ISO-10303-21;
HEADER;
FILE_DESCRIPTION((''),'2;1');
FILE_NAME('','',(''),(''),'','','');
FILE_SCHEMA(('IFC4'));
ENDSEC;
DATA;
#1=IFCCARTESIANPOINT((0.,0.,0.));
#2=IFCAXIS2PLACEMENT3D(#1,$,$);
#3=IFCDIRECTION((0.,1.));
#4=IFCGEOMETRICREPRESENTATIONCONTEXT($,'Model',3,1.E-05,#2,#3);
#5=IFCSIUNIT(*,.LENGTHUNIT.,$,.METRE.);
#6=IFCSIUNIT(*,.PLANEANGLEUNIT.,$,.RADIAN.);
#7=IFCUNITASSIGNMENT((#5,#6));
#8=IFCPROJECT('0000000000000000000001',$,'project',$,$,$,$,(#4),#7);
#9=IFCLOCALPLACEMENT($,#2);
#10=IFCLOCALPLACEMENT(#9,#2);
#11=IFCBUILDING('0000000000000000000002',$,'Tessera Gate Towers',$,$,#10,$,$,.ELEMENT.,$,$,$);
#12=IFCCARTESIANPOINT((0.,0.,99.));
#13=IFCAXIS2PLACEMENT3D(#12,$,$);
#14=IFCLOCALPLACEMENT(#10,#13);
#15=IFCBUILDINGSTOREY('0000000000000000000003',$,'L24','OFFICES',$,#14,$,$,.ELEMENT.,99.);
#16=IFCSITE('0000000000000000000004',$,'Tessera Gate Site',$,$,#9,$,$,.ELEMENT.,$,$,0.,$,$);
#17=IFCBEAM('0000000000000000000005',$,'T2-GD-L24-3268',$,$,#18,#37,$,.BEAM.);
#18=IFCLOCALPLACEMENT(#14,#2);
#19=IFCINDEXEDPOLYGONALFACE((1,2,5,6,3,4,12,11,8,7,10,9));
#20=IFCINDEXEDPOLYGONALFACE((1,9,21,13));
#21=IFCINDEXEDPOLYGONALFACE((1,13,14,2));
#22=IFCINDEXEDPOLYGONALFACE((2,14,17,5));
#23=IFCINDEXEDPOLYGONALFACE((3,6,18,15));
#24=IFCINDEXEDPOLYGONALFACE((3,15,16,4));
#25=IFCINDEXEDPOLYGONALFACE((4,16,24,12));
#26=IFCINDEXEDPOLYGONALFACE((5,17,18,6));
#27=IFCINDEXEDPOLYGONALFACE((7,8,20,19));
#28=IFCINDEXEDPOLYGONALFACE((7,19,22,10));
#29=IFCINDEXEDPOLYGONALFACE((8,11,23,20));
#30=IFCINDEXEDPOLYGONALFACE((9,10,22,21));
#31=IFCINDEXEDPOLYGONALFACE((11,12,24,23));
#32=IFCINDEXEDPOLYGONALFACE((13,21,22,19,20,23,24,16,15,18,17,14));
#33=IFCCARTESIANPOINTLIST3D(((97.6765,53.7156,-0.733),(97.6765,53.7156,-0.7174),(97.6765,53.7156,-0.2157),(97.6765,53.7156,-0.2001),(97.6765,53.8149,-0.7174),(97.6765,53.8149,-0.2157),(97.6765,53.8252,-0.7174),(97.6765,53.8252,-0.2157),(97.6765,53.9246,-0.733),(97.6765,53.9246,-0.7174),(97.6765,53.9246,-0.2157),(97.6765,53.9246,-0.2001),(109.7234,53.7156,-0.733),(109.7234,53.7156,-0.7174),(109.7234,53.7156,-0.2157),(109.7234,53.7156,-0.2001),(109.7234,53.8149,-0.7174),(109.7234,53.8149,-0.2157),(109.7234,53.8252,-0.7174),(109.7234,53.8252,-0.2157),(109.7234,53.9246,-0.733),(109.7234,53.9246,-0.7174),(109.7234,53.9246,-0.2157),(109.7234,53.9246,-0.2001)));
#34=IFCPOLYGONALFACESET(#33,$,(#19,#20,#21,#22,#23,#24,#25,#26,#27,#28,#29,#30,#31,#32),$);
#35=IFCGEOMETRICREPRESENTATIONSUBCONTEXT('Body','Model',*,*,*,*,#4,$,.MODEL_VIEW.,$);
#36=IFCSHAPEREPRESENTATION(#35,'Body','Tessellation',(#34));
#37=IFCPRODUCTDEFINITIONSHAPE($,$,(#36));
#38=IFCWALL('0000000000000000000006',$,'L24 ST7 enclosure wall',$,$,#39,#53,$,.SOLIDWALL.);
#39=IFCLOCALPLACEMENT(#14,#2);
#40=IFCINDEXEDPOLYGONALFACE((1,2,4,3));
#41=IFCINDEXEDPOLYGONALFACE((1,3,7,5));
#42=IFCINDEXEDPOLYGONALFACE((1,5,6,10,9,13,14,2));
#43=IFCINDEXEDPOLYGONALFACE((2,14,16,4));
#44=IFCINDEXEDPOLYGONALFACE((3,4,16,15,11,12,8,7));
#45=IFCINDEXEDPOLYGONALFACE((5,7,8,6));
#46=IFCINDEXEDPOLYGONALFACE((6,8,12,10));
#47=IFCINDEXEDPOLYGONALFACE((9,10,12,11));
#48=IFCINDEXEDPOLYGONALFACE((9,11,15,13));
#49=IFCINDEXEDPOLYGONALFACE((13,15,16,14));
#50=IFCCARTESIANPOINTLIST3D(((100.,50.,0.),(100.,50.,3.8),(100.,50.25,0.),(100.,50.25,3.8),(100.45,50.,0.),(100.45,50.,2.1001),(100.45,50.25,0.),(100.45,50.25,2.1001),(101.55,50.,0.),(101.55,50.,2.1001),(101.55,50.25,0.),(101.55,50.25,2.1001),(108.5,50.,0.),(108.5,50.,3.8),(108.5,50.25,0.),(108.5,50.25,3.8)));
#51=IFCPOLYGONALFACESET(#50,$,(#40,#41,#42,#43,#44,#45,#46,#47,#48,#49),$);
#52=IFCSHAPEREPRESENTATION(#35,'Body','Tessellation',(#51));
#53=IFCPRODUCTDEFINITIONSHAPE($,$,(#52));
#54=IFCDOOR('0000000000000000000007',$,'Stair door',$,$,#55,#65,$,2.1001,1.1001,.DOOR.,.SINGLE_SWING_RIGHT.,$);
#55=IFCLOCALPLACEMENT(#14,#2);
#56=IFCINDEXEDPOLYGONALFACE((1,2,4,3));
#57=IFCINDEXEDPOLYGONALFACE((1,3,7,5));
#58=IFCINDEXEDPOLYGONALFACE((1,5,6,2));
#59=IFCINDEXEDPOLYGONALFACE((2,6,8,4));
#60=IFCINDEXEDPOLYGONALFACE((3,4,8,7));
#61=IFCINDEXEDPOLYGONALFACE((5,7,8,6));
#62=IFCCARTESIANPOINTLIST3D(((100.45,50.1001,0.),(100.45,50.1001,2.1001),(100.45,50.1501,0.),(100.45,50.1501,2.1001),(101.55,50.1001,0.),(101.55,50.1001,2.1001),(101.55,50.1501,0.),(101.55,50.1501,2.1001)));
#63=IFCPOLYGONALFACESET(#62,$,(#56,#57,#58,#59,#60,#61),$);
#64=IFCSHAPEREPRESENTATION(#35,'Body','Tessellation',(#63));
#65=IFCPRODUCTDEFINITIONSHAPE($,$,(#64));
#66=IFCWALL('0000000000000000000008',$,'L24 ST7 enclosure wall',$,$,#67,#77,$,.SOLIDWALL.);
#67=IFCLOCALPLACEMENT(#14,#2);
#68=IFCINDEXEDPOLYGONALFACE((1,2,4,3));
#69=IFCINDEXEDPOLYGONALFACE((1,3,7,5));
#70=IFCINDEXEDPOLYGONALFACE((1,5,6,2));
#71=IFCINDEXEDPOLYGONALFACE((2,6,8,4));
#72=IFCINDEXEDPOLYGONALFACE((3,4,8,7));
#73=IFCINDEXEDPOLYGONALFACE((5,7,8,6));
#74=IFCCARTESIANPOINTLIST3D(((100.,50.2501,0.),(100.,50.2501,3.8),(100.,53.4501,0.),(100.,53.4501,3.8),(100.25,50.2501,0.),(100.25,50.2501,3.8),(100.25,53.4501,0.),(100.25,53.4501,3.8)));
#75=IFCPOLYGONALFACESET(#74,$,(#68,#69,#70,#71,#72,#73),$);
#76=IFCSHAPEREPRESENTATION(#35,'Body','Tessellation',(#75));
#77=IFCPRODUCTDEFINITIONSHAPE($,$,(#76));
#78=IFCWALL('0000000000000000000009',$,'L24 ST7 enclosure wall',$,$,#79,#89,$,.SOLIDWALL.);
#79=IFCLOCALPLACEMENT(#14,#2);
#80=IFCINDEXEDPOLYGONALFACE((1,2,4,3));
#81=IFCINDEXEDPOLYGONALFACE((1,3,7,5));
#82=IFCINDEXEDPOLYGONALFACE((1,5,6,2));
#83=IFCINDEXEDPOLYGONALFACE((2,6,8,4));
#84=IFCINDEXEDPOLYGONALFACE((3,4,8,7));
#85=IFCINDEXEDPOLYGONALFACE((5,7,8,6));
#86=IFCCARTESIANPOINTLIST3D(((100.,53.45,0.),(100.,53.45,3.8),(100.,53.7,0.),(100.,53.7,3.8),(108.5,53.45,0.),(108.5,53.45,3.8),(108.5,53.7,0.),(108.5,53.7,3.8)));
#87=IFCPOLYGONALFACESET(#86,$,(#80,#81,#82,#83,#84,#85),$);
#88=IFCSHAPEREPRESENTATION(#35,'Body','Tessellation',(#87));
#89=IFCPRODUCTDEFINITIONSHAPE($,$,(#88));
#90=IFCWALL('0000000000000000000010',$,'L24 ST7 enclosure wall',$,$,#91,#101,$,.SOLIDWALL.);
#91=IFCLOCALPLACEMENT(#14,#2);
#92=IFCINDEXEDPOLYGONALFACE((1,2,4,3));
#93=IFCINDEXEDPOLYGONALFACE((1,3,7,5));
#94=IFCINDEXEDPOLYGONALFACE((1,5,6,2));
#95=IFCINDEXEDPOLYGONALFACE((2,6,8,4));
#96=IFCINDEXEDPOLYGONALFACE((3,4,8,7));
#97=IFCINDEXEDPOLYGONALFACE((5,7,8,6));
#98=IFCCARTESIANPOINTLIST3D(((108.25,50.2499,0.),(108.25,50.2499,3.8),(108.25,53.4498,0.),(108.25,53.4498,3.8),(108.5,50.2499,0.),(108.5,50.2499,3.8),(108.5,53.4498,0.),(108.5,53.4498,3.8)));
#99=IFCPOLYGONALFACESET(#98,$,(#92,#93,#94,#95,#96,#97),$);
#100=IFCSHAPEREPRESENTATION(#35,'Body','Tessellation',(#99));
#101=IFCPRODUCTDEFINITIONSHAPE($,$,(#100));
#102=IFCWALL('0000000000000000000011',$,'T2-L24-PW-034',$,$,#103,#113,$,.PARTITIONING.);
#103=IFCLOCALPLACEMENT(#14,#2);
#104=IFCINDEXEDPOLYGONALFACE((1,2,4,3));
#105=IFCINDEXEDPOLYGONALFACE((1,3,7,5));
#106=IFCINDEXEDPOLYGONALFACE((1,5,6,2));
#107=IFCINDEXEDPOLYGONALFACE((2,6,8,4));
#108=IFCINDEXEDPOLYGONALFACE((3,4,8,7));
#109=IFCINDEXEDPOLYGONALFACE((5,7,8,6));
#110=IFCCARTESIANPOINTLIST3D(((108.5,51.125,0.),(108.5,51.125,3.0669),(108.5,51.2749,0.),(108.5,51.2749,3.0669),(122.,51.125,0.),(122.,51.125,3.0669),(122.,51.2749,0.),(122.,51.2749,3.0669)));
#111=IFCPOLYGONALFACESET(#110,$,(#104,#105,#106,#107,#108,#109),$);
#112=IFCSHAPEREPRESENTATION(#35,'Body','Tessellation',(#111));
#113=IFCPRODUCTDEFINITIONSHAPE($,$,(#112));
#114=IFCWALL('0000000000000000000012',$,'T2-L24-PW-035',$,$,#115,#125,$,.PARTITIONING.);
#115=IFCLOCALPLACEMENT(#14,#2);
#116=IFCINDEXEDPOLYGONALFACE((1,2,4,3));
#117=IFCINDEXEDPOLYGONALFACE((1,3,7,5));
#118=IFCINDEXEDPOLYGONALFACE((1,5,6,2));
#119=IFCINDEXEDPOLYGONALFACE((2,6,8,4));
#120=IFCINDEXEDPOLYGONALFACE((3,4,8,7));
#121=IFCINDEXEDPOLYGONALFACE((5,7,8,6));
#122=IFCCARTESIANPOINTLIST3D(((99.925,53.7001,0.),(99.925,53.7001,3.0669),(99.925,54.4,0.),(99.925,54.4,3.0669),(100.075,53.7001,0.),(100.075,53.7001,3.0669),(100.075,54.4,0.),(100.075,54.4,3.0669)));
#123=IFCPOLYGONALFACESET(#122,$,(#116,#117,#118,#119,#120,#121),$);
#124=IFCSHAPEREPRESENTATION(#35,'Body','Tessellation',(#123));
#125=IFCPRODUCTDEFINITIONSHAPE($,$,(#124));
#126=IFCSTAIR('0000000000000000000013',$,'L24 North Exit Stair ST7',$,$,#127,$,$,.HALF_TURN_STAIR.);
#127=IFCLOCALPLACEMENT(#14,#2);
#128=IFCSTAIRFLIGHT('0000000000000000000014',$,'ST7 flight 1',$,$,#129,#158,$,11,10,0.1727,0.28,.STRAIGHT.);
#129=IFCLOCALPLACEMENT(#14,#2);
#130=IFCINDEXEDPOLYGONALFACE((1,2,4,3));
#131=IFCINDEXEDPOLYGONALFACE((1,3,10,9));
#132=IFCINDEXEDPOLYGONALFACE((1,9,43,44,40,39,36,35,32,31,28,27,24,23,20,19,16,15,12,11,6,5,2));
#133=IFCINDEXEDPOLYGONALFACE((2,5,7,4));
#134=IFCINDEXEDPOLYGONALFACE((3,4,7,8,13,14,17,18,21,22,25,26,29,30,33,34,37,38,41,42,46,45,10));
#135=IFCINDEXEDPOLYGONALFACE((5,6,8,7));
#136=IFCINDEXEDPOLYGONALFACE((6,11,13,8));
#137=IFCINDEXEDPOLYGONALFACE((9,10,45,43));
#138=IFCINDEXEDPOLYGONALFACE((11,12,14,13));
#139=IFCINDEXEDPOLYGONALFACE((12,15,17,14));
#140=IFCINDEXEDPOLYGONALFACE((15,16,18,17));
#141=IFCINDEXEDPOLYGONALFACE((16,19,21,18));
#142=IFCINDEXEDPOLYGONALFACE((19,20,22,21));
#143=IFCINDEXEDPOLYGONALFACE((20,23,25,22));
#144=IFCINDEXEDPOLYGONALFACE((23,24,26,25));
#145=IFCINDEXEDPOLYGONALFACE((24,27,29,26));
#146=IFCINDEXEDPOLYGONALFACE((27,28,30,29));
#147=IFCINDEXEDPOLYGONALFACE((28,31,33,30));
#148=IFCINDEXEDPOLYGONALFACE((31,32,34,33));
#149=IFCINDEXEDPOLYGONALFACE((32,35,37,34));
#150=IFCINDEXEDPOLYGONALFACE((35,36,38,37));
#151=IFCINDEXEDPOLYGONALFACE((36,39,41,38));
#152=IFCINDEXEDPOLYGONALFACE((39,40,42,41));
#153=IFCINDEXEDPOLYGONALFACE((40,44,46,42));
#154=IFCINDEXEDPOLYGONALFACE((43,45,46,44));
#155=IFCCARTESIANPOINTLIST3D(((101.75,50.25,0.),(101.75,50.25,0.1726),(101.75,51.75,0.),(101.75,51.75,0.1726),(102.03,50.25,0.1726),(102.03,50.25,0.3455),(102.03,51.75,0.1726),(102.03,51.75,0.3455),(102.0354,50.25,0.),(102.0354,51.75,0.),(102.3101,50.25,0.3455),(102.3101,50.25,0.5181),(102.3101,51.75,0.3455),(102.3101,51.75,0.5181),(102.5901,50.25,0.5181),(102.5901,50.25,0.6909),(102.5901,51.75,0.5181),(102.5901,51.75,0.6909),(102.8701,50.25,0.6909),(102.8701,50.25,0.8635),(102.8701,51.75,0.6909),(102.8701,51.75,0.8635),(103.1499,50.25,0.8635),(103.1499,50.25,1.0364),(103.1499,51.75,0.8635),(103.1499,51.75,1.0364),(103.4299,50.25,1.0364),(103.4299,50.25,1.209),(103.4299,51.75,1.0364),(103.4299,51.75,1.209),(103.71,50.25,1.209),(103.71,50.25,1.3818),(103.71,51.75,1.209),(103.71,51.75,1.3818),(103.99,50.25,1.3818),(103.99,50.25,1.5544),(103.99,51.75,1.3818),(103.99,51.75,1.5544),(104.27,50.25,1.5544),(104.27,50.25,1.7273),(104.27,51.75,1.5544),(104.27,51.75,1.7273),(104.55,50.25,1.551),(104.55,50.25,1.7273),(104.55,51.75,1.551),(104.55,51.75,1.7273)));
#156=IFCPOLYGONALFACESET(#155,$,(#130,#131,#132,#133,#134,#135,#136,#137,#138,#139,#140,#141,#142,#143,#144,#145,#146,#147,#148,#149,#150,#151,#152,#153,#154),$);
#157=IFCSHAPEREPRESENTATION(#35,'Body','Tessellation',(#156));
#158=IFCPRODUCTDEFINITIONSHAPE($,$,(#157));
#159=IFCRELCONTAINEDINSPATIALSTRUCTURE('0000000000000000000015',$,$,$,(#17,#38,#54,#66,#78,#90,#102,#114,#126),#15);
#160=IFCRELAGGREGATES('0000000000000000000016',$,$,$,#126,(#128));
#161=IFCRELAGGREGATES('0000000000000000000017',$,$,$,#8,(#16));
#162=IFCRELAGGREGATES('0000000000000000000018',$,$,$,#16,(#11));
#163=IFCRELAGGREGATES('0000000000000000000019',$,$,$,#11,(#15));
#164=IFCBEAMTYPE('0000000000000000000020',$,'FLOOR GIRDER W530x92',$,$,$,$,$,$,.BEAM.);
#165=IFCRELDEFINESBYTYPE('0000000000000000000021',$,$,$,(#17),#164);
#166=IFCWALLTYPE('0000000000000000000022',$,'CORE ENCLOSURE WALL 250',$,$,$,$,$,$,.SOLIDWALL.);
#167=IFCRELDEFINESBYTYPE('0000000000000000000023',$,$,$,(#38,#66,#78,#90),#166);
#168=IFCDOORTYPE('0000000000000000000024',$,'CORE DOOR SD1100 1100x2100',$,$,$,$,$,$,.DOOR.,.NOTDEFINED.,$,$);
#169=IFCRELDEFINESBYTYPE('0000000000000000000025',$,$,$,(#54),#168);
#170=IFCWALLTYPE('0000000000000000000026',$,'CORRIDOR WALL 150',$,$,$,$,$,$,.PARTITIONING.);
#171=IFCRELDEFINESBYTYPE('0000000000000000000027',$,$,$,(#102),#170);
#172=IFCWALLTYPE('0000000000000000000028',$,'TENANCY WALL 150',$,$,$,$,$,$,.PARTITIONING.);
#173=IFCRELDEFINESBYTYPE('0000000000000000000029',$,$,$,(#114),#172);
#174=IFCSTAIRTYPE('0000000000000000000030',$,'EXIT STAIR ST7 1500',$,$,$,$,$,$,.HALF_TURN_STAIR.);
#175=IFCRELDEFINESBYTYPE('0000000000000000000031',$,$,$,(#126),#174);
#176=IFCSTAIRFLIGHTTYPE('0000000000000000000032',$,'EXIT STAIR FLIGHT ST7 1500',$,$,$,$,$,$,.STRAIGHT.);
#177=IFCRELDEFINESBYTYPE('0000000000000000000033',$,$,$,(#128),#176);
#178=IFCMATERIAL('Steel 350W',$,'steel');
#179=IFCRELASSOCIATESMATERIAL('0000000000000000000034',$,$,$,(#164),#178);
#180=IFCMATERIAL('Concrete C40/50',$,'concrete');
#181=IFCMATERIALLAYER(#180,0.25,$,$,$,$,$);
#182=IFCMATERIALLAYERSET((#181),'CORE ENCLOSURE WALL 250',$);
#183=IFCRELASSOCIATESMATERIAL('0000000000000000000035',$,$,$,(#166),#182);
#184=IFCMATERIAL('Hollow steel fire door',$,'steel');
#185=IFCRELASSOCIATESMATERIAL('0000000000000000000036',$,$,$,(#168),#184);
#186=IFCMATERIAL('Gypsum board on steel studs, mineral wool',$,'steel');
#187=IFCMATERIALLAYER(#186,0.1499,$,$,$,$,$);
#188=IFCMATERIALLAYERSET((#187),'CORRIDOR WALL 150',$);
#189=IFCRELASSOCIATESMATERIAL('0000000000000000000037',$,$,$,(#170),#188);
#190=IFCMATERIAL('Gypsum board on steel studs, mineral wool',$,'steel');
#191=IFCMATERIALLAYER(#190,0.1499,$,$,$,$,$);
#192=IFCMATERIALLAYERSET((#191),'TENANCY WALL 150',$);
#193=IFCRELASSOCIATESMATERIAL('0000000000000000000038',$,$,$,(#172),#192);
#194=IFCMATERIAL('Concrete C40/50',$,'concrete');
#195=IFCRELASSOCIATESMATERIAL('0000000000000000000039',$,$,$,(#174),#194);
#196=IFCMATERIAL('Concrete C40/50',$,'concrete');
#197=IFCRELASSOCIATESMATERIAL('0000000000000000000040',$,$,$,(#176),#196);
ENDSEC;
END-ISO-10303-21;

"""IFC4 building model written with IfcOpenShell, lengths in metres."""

from ifc_helpers import new_model, si_unit, direction, frame, frame_2d, origin, origin_2d, place, context, subcontext, project, spatial, polyline, rectangle, i_section, outline, extrude, source, transform, mapped, material, layer, layer_set, material_profile, profile_set, type_object, element, fill, aggregate, save


model = new_model("IFC4")

# Units and contexts
model_context = context("Model", 3, precision=1e-05, world=origin(), true_north=direction((0.0, 1.0)))
body_context = subcontext(model_context, "Body", "Model", "MODEL_VIEW")
ifc_project = project(units=[si_unit("LENGTHUNIT", "METRE"), si_unit("PLANEANGLEUNIT", "RADIAN")], contexts=[model_context])

# Site, building, storey
site_placement = place(None, origin())
site = spatial("IfcSite", under=ifc_project, at=site_placement, Name="Tessera Gate Site", CompositionType="ELEMENT", RefElevation=0.0)
building_placement = place(site_placement, origin())
building = spatial("IfcBuilding", under=site, at=building_placement, Name="Tessera Gate Towers", CompositionType="ELEMENT")
storey_placement = place(building_placement, frame((0.0, 0.0, 99.0)))
storey = spatial("IfcBuildingStorey", under=building, at=storey_placement, Name="L24", Description="OFFICES", CompositionType="ELEMENT", Elevation=99.0)

# Beam
ifc_material_1 = material(Name="Steel 350W", Category="steel")
ifc_material_profile = material_profile(ifc_material_1, i_section(OverallWidth=0.209, OverallDepth=0.533, WebThickness=0.0103, FlangeThickness=0.0156, at=origin_2d()), Name="W530x92")
ifc_profile_set = profile_set([ifc_material_profile], Name="Steel 350W")
beam_type = type_object("IfcBeamType", Name="FLOOR GIRDER W530x92", PredefinedType="BEAM", material=ifc_profile_set)
beam_placement = place(storey_placement, frame((97.6765, 53.8201, -0.4666), z_axis=(1.0, 0.0, 0.0), x_axis=(0.0, 1.0, 0.0)))
element("IfcBeam", 1, at=beam_placement, inside=storey, type_object=beam_type, Name="T2-GD-L24-3268", PredefinedType="BEAM", context=body_context, shape_type="SweptSolid", body=[
    extrude(i_section(OverallWidth=0.209, OverallDepth=0.533, WebThickness=0.0103, FlangeThickness=0.0156, at=origin_2d()), origin(), (0.0, 0.0, 1.0), 12.0469),
])

# Wall, opening, door
ifc_material_2 = material(Name="Concrete C40/50", Category="concrete")
ifc_layer_1 = layer(ifc_material_2, 0.25)
ifc_layer_set_1 = layer_set([ifc_layer_1], Name="CORE ENCLOSURE WALL 250")
wall_type_1 = type_object("IfcWallType", Name="CORE ENCLOSURE WALL 250", PredefinedType="SOLIDWALL", material=ifc_layer_set_1)
wall_1_placement = place(storey_placement, frame((108.5, 50.125, 0.0), z_axis=(0.0, 0.0, 1.0), x_axis=(-1.0, 0.0, 0.0)))
wall_1 = element("IfcWall", 2, at=wall_1_placement, inside=storey, type_object=wall_type_1, Name="L24 ST7 enclosure wall", PredefinedType="SOLIDWALL", context=body_context, shape_type="SweptSolid", body=[
    extrude(rectangle(XDim=8.5, YDim=0.25, at=frame_2d((4.25, 0.0))), origin(), (0.0, 0.0, 1.0), 3.8),
])
shared_shape_1 = source(origin(), body_context, "Body", "SweptSolid", [
    extrude(rectangle(XDim=1.1001, YDim=2.1001, at=frame_2d((0.55, 1.05))), frame((0.0, 0.135, 0.0), z_axis=(0.0, -1.0, 0.0), x_axis=(1.0, 0.0, 0.0)), (0.0, 0.0, 1.0), 0.27),
])
opening_placement = place(wall_1_placement, frame((6.95, 0.0, 0.0)))
opening = element("IfcOpeningElement", 3, at=opening_placement, cuts=wall_1, PredefinedType="OPENING", context=body_context, shape_type="MappedRepresentation", body=[
    mapped(shared_shape_1, transform((0.0, 0.0, 0.0), scale=1.0)),
])
ifc_material_3 = material(Name="Hollow steel fire door", Category="steel")
door_type = type_object("IfcDoorType", Name="CORE DOOR SD1100 1100x2100", OperationType="NOTDEFINED", PredefinedType="DOOR", material=ifc_material_3)
shared_shape_2 = source(origin(), body_context, "Body", "SweptSolid", [
    extrude(rectangle(XDim=1.1001, YDim=2.1001, at=frame_2d((0.55, 1.05))), frame((0.0, 0.0249, 0.0), z_axis=(0.0, -1.0, 0.0), x_axis=(1.0, 0.0, 0.0)), (0.0, 0.0, 1.0), 0.05),
])
door_placement = place(opening_placement, origin())
door = element("IfcDoor", 4, at=door_placement, inside=storey, type_object=door_type, Name="Stair door", OperationType="SINGLE_SWING_RIGHT", OverallHeight=2.1001, OverallWidth=1.1001, PredefinedType="DOOR", context=body_context, shape_type="MappedRepresentation", body=[
    mapped(shared_shape_2, transform((0.0, 0.0, 0.0), scale=1.0)),
])
fill(opening, door)

# Walls
wall_2_placement = place(storey_placement, frame((100.125, 50.25, 0.0), z_axis=(0.0, 0.0, 1.0), x_axis=(0.0, 1.0, 0.0)))
element("IfcWall", 5, at=wall_2_placement, inside=storey, type_object=wall_type_1, Name="L24 ST7 enclosure wall", PredefinedType="SOLIDWALL", context=body_context, shape_type="SweptSolid", body=[
    extrude(rectangle(XDim=3.2, YDim=0.25, at=frame_2d((1.6001, 0.0))), origin(), (0.0, 0.0, 1.0), 3.8),
])
wall_3_placement = place(storey_placement, frame((100.0, 53.575, 0.0), z_axis=(0.0, 0.0, 1.0), x_axis=(1.0, 0.0, 0.0)))
element("IfcWall", 6, at=wall_3_placement, inside=storey, type_object=wall_type_1, Name="L24 ST7 enclosure wall", PredefinedType="SOLIDWALL", context=body_context, shape_type="SweptSolid", body=[
    extrude(rectangle(XDim=8.5, YDim=0.25, at=frame_2d((4.25, 0.0))), origin(), (0.0, 0.0, 1.0), 3.8),
])
wall_4_placement = place(storey_placement, frame((108.375, 53.45, 0.0), z_axis=(0.0, 0.0, 1.0), x_axis=(0.0, -1.0, 0.0)))
element("IfcWall", 7, at=wall_4_placement, inside=storey, type_object=wall_type_1, Name="L24 ST7 enclosure wall", PredefinedType="SOLIDWALL", context=body_context, shape_type="SweptSolid", body=[
    extrude(rectangle(XDim=3.2, YDim=0.25, at=frame_2d((1.6001, 0.0))), origin(), (0.0, 0.0, 1.0), 3.8),
])
ifc_material_4 = material(Name="Gypsum board on steel studs, mineral wool", Category="steel")
ifc_layer_2 = layer(ifc_material_4, 0.1499)
ifc_layer_set_2 = layer_set([ifc_layer_2], Name="CORRIDOR WALL 150")
wall_type_2 = type_object("IfcWallType", Name="CORRIDOR WALL 150", PredefinedType="PARTITIONING", material=ifc_layer_set_2)
wall_5_placement = place(storey_placement, frame((108.5, 51.2, 0.0), z_axis=(0.0, 0.0, 1.0), x_axis=(1.0, 0.0, 0.0)))
element("IfcWall", 8, at=wall_5_placement, inside=storey, type_object=wall_type_2, Name="T2-L24-PW-034", PredefinedType="PARTITIONING", context=body_context, shape_type="SweptSolid", body=[
    extrude(rectangle(XDim=13.5, YDim=0.1499, at=frame_2d((6.75, 0.0))), origin(), (0.0, 0.0, 1.0), 3.0669),
])
ifc_material_5 = material(Name="Gypsum board on steel studs, mineral wool", Category="steel")
ifc_layer_3 = layer(ifc_material_5, 0.1499)
ifc_layer_set_3 = layer_set([ifc_layer_3], Name="TENANCY WALL 150")
wall_type_3 = type_object("IfcWallType", Name="TENANCY WALL 150", PredefinedType="PARTITIONING", material=ifc_layer_set_3)
wall_6_placement = place(storey_placement, frame((100.0, 53.7, 0.0), z_axis=(0.0, 0.0, 1.0), x_axis=(0.0, 1.0, 0.0)))
element("IfcWall", 9, at=wall_6_placement, inside=storey, type_object=wall_type_3, Name="T2-L24-PW-035", PredefinedType="PARTITIONING", context=body_context, shape_type="SweptSolid", body=[
    extrude(rectangle(XDim=0.7, YDim=0.1499, at=frame_2d((0.3501, 0.0))), origin(), (0.0, 0.0, 1.0), 3.0669),
])

# Stair, stair flight
ifc_material_6 = material(Name="Concrete C40/50", Category="concrete")
stair_type = type_object("IfcStairType", Name="EXIT STAIR ST7 1500", PredefinedType="HALF_TURN_STAIR", material=ifc_material_6)
stair_placement = place(storey_placement, origin())
stair = element("IfcStair", 10, at=stair_placement, inside=storey, type_object=stair_type, Name="L24 North Exit Stair ST7", PredefinedType="HALF_TURN_STAIR")
ifc_material_7 = material(Name="Concrete C40/50", Category="concrete")
stair_flight_type = type_object("IfcStairFlightType", Name="EXIT STAIR FLIGHT ST7 1500", PredefinedType="STRAIGHT", material=ifc_material_7)
stair_flight_1_placement = place(storey_placement, frame((101.75, 51.0, 0.0), z_axis=(0.0, 0.0, 1.0), x_axis=(1.0, 0.0, 0.0)))
stair_flight_1 = element("IfcStairFlight", 11, at=stair_flight_1_placement, type_object=stair_flight_type, Name="ST7 flight 1", NumberOfRisers=11, NumberOfTreads=10, PredefinedType="STRAIGHT", RiserHeight=0.1727, TreadLength=0.28, context=body_context, shape_type="SweptSolid", body=[
    extrude(outline(polyline([(0.0, 0.0), (0.0, 0.1726), (0.28, 0.1726), (0.28, 0.3455), (0.5601, 0.3455), (0.5601, 0.5181), (0.8401, 0.5181), (0.8401, 0.6909), (1.1201, 0.6909), (1.1201, 0.8635), (1.3999, 0.8635), (1.3999, 1.0364), (1.6799, 1.0364), (1.6799, 1.209), (1.96, 1.209), (1.96, 1.3818), (2.24, 1.3818), (2.24, 1.5544), (2.52, 1.5544), (2.52, 1.7273), (2.8, 1.7273), (2.8, 1.8999), (2.8, 1.551), (0.2854, 0.0), (0.0, 0.0)])), frame((0.0, 0.75, 0.0), z_axis=(0.0, -1.0, 0.0), x_axis=(1.0, 0.0, 0.0)), (0.0, 0.0, 1.0), 1.5),
])
aggregate(stair, [stair_flight_1])

save(model, "model.ifc")
